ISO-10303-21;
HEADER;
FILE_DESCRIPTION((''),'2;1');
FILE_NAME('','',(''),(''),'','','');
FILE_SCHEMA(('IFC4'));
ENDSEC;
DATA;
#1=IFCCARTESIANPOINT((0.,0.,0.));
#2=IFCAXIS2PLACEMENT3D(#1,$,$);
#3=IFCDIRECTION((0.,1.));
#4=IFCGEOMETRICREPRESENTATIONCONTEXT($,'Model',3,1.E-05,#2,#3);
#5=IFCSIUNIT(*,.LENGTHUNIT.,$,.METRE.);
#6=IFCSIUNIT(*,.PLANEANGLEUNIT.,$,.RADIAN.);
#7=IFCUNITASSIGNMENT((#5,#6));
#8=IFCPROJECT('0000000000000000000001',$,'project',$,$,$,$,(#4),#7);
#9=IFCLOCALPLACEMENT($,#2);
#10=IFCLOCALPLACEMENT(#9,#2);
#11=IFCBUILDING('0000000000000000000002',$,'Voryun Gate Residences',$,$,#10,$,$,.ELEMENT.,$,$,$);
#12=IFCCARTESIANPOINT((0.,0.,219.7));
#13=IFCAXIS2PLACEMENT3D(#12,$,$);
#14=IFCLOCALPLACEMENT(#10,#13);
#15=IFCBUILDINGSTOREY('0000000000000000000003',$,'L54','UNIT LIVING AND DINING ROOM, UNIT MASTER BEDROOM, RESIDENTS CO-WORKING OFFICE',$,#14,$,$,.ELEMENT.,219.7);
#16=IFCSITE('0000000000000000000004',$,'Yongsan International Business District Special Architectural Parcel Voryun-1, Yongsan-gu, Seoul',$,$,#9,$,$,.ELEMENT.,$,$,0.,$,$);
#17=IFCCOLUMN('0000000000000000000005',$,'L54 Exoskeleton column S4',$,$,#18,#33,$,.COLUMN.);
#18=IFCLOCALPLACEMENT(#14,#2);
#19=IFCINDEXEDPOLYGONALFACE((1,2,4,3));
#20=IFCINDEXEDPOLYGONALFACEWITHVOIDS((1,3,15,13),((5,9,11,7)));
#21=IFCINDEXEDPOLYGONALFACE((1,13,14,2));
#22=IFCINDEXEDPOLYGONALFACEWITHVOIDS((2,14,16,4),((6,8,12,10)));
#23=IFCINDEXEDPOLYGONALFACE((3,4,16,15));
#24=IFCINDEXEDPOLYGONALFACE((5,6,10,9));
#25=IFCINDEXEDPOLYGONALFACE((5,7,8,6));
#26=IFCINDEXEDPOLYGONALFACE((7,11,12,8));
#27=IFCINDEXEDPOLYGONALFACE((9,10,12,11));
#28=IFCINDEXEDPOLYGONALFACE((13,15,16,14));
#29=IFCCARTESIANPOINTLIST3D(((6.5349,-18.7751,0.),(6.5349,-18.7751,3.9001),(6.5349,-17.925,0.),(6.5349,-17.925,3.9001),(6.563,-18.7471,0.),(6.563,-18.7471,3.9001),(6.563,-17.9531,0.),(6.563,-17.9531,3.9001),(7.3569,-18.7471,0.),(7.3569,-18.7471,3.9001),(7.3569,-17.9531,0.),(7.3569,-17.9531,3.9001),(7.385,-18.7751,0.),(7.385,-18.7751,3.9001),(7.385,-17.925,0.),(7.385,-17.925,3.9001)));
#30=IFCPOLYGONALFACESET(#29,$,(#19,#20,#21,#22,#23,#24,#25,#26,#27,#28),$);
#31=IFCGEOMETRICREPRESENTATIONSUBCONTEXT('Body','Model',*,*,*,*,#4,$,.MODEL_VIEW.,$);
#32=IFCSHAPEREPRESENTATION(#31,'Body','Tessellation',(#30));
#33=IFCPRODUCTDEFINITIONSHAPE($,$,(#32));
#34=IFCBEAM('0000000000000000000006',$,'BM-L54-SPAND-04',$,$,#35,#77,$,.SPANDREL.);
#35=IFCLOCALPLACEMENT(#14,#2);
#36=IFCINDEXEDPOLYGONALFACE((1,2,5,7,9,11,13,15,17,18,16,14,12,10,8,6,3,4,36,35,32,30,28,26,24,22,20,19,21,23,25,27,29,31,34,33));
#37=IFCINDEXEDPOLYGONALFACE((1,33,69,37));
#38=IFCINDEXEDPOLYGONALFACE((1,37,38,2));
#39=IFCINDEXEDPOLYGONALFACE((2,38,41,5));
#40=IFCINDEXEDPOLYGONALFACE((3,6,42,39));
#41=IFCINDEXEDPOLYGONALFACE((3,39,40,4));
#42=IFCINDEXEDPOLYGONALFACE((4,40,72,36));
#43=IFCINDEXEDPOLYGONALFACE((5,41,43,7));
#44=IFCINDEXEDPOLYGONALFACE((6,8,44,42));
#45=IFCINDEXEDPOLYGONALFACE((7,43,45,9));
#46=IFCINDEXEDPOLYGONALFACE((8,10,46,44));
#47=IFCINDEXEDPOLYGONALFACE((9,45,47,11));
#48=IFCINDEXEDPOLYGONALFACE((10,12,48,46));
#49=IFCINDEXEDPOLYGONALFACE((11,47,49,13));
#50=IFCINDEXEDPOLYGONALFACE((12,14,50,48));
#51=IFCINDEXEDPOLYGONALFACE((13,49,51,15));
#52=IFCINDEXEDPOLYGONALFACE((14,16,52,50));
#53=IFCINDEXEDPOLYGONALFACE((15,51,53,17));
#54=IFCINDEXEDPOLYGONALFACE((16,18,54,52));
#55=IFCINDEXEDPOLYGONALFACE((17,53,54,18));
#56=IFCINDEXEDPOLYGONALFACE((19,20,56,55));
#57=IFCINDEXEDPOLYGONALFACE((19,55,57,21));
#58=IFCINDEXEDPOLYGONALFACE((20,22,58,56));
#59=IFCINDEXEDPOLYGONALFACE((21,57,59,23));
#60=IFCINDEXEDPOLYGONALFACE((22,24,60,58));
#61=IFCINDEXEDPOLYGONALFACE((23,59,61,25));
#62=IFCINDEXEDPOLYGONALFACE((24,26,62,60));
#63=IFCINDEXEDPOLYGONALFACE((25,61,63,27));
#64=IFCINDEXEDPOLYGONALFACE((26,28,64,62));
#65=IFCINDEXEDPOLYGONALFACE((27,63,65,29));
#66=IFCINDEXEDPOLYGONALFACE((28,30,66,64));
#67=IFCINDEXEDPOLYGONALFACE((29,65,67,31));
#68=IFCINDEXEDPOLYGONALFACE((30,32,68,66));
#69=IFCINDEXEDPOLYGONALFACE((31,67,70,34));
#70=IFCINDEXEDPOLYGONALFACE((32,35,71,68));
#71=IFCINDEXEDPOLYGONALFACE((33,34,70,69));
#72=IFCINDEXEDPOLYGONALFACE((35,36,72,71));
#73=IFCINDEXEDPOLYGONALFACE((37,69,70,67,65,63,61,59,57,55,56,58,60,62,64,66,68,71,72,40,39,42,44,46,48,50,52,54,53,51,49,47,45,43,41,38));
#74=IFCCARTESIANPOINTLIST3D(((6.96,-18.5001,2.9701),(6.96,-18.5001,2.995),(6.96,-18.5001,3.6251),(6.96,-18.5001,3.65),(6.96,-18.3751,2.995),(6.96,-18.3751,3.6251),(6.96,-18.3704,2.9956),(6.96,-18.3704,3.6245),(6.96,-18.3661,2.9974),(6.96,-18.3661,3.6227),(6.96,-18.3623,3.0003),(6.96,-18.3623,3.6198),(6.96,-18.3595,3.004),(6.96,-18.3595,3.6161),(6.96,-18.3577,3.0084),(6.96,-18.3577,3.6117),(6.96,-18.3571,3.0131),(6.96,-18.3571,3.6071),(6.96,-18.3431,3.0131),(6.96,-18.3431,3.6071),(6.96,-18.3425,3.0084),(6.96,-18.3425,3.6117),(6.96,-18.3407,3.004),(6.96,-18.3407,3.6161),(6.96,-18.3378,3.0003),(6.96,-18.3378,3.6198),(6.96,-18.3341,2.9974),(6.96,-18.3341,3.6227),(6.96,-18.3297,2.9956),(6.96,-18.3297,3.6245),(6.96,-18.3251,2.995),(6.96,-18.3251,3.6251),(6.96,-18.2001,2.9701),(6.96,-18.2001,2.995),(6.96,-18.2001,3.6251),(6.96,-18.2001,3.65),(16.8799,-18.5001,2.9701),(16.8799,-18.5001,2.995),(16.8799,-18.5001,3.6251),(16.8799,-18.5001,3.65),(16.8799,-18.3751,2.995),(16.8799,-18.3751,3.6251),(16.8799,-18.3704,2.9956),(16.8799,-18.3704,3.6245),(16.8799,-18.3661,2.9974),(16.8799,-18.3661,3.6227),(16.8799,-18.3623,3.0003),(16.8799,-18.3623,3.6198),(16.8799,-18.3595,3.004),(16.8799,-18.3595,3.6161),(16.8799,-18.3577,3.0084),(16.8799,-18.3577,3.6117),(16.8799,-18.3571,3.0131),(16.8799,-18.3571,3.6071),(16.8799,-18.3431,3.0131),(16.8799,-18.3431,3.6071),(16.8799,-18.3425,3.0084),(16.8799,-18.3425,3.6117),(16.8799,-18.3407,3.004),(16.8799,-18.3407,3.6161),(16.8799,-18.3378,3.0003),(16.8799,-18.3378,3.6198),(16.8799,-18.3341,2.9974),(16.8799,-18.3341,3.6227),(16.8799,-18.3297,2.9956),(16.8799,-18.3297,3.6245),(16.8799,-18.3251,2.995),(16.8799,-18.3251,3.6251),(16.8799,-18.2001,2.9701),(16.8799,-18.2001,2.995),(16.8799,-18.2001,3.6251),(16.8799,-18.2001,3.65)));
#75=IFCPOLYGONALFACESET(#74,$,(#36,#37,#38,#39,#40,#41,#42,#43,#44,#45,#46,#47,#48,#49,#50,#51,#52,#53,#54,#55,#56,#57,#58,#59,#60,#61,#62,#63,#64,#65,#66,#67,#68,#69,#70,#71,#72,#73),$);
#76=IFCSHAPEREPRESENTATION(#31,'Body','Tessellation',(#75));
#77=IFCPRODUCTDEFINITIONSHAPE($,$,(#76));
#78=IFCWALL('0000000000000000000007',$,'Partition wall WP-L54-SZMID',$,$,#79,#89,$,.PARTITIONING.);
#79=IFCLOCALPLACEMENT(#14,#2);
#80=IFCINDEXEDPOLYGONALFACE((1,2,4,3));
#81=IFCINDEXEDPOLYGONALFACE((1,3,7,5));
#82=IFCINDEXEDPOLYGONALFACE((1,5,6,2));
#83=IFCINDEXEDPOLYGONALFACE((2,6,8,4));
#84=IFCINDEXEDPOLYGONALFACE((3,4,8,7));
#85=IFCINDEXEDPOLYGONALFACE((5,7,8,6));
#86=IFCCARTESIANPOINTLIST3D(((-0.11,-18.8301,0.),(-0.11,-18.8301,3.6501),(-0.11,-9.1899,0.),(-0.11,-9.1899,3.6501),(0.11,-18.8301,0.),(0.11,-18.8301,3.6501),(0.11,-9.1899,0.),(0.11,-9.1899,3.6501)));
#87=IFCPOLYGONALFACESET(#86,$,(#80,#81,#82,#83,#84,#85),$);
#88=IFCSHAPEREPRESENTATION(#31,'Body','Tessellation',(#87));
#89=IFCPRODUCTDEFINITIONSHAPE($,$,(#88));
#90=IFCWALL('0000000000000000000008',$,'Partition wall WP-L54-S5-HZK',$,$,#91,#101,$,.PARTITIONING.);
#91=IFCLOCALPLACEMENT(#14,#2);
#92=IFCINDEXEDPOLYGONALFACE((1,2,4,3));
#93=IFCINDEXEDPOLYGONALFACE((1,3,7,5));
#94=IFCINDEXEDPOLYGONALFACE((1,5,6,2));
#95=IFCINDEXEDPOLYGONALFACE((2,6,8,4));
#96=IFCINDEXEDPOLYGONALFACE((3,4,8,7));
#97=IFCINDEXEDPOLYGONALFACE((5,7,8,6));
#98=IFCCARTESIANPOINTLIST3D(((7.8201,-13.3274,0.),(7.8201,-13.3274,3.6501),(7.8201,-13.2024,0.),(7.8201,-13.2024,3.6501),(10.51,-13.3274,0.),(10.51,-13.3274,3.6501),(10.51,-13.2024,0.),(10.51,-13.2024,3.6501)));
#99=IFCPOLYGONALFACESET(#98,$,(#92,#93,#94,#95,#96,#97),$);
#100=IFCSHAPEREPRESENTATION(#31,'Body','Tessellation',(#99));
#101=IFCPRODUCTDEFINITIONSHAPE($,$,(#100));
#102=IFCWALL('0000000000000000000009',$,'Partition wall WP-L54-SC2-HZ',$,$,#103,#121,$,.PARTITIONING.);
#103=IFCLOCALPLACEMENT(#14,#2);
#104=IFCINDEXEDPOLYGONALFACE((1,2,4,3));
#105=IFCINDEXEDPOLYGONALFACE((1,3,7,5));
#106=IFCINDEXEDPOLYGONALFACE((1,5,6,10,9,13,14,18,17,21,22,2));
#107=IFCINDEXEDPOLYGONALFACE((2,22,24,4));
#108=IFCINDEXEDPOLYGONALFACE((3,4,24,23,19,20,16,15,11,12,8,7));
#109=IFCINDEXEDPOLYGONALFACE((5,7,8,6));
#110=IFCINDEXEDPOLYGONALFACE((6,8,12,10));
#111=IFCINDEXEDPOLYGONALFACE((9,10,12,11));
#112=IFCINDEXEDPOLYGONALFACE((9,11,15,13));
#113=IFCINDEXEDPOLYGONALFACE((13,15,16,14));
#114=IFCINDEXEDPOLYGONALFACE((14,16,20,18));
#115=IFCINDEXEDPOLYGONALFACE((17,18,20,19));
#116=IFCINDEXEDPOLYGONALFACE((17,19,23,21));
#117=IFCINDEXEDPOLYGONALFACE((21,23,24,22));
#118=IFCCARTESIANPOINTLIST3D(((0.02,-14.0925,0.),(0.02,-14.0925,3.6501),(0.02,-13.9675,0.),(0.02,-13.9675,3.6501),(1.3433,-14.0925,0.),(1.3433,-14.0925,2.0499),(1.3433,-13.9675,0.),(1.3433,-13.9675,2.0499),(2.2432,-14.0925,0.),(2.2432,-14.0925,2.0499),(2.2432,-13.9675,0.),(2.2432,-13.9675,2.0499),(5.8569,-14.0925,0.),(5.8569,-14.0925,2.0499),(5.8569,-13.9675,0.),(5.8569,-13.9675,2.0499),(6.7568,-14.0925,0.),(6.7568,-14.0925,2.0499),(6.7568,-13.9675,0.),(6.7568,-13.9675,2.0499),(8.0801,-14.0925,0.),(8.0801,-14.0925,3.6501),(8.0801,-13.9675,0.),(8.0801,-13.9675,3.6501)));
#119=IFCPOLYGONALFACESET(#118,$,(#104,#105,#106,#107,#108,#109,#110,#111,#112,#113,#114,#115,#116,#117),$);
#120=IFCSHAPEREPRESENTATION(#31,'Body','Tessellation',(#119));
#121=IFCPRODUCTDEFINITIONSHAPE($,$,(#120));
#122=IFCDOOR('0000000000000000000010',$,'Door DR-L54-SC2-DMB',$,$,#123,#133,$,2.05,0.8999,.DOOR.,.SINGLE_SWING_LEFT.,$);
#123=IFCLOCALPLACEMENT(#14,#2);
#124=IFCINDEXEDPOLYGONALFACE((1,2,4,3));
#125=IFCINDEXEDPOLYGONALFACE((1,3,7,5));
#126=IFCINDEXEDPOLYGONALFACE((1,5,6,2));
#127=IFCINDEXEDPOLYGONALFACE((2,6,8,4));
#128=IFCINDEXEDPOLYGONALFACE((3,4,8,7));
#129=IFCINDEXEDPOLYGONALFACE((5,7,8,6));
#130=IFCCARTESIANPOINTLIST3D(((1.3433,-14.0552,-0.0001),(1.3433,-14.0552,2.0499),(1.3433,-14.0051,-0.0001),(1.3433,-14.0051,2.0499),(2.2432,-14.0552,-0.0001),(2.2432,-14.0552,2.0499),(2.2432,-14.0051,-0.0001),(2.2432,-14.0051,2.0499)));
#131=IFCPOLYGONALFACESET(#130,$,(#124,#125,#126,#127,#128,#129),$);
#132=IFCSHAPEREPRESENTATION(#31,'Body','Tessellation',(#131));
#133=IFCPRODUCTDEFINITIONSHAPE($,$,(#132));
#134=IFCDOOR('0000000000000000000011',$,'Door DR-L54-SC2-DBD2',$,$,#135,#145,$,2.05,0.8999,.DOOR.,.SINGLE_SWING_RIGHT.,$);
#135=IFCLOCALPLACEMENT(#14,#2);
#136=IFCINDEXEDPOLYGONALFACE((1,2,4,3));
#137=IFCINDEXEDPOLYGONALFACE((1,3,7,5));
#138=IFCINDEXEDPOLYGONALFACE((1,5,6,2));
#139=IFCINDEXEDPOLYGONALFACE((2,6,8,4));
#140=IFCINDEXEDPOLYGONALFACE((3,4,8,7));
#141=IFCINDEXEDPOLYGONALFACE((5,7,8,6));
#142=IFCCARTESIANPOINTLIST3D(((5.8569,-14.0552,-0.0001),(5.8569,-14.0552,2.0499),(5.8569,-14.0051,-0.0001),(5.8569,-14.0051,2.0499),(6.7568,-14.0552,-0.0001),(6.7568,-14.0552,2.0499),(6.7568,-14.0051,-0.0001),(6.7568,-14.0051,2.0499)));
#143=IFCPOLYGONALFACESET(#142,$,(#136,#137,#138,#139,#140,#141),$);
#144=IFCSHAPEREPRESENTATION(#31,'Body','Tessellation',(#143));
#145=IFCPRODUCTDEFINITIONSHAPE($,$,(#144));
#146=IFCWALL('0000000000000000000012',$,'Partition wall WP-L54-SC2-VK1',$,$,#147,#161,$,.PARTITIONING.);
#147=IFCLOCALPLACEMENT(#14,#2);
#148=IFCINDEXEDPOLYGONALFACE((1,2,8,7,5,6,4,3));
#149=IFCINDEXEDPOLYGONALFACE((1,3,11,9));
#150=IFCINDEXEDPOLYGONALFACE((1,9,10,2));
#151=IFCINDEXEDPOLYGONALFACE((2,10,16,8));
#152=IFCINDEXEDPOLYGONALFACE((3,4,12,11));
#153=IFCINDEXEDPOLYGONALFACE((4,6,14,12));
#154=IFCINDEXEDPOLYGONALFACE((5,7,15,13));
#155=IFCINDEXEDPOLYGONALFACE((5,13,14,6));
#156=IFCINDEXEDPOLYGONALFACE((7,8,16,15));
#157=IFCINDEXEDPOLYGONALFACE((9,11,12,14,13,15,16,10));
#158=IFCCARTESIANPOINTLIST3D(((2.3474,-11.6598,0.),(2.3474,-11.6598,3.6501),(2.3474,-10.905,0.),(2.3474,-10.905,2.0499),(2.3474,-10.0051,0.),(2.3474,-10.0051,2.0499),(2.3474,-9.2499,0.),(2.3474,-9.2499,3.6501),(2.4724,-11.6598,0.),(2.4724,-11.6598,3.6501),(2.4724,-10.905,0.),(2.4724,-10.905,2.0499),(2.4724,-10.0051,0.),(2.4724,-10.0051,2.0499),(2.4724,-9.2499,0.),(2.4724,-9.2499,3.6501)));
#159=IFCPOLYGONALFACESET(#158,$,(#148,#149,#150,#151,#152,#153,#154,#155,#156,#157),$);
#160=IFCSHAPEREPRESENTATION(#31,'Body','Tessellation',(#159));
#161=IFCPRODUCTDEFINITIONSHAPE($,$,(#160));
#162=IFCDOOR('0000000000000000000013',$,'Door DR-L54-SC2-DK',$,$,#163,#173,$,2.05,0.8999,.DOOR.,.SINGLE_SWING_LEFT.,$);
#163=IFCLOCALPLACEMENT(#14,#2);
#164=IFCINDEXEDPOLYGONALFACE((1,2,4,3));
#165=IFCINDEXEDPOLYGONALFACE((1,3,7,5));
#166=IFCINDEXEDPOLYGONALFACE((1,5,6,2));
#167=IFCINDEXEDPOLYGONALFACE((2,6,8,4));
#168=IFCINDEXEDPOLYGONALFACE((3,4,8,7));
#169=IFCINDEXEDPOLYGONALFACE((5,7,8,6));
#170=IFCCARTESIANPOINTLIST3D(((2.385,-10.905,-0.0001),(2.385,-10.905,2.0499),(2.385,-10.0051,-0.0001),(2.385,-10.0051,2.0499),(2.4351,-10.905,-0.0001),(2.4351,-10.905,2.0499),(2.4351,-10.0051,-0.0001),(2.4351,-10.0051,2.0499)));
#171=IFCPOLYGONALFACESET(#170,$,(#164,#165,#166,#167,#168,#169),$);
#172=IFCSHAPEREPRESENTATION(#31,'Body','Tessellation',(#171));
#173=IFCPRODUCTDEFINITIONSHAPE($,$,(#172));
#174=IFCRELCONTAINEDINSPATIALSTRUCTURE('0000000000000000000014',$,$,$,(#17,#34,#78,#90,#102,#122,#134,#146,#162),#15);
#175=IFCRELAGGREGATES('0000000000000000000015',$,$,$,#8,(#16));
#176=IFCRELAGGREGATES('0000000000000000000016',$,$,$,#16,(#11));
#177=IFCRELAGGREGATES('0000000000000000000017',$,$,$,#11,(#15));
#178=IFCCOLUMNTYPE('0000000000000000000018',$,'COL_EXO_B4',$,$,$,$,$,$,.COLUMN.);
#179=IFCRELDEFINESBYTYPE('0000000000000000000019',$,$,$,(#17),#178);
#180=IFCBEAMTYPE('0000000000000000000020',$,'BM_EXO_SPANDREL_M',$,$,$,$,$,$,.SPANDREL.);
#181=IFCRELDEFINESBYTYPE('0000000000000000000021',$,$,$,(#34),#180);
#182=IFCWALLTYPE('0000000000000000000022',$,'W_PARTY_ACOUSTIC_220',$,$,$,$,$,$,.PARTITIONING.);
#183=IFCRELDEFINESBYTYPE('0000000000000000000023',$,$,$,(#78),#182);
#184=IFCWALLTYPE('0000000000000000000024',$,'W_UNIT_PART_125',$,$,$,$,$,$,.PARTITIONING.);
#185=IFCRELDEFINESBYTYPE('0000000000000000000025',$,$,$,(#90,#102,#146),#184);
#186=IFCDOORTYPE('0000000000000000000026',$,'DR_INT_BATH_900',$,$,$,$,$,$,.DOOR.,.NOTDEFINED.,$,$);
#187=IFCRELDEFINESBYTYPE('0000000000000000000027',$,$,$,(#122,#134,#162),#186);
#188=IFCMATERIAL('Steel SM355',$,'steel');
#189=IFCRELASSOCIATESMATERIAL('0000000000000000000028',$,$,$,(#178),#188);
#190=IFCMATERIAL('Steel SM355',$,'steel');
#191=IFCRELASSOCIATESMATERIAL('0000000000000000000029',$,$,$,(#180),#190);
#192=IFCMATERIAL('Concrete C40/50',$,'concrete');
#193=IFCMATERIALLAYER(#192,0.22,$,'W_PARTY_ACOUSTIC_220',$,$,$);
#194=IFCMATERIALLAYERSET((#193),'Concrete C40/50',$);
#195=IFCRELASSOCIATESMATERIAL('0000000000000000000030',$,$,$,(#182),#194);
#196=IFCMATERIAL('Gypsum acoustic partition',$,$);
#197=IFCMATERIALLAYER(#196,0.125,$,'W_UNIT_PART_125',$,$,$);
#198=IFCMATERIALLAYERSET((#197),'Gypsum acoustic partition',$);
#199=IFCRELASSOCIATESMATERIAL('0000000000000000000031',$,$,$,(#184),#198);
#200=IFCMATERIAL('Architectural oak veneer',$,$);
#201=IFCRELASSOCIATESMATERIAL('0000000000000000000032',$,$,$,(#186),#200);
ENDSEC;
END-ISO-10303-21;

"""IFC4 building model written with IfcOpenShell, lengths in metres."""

from ifc_helpers import new_model, si_unit, direction, frame, frame_2d, origin, origin_2d, place, context, subcontext, project, spatial, rectangle, hollow_rectangle, i_section, extrude, material, layer, layer_set, material_profile, profile_set, type_object, element, fill, save


model = new_model("IFC4")

# Units and contexts
model_context = context("Model", 3, precision=1e-05, world=origin(), true_north=direction((0.0, 1.0)))
body_context = subcontext(model_context, "Body", "Model", "MODEL_VIEW")
ifc_project = project(units=[si_unit("LENGTHUNIT", "METRE"), si_unit("PLANEANGLEUNIT", "RADIAN")], contexts=[model_context])

# Site, building, storey
site_placement = place(None, origin())
site = spatial("IfcSite", under=ifc_project, at=site_placement, Name="Yongsan International Business District Special Architectural Parcel Voryun-1, Yongsan-gu, Seoul", CompositionType="ELEMENT", RefElevation=0.0)
building_placement = place(site_placement, origin())
building = spatial("IfcBuilding", under=site, at=building_placement, Name="Voryun Gate Residences", CompositionType="ELEMENT")
storey_placement = place(building_placement, frame((0.0, 0.0, 219.7)))
storey = spatial("IfcBuildingStorey", under=building, at=storey_placement, Name="L54", Description="UNIT LIVING AND DINING ROOM, UNIT MASTER BEDROOM, RESIDENTS CO-WORKING OFFICE", CompositionType="ELEMENT", Elevation=219.7)

# Column
ifc_material_1 = material(Name="Steel SM355", Category="steel")
ifc_material_profile_1 = material_profile(ifc_material_1, hollow_rectangle(XDim=0.8501, YDim=0.8501, WallThickness=0.0281, at=origin_2d()), Name="BOX-850x850x28")
ifc_profile_set_1 = profile_set([ifc_material_profile_1], Name="Steel SM355")
column_type = type_object("IfcColumnType", Name="COL_EXO_B4", PredefinedType="COLUMN", material=ifc_profile_set_1)
column_placement = place(storey_placement, frame((6.96, -18.3501, 0.0), z_axis=(0.0, 0.0, 1.0), x_axis=(1.0, 0.0, 0.0)))
element("IfcColumn", 1, at=column_placement, inside=storey, type_object=column_type, Name="L54 Exoskeleton column S4", PredefinedType="COLUMN", context=body_context, shape_type="SweptSolid", body=[
    extrude(hollow_rectangle(XDim=0.8501, YDim=0.8501, WallThickness=0.0281, at=origin_2d()), origin(), (0.0, 0.0, 1.0), 3.9001),
])

# Beam
ifc_material_2 = material(Name="Steel SM355", Category="steel")
ifc_material_profile_2 = material_profile(ifc_material_2, i_section(OverallWidth=0.3, OverallDepth=0.6799, WebThickness=0.0139, FlangeThickness=0.0249, FilletRadius=0.0181, at=origin_2d()), Name="H-680x300x14x25")
ifc_profile_set_2 = profile_set([ifc_material_profile_2], Name="Steel SM355")
beam_type = type_object("IfcBeamType", Name="BM_EXO_SPANDREL_M", PredefinedType="SPANDREL", material=ifc_profile_set_2)
beam_placement = place(storey_placement, frame((6.96, -18.3501, 3.3101), z_axis=(1.0, 0.0, 0.0), x_axis=(0.0, 1.0, 0.0)))
element("IfcBeam", 2, at=beam_placement, inside=storey, type_object=beam_type, Name="BM-L54-SPAND-04", PredefinedType="SPANDREL", context=body_context, shape_type="SweptSolid", body=[
    extrude(i_section(OverallWidth=0.3, OverallDepth=0.6799, WebThickness=0.0139, FlangeThickness=0.0249, FilletRadius=0.0181, at=origin_2d()), origin(), (0.0, 0.0, 1.0), 9.9199),
])

# Walls
ifc_material_3 = material(Name="Concrete C40/50", Category="concrete")
ifc_layer_1 = layer(ifc_material_3, 0.22, Name="W_PARTY_ACOUSTIC_220")
ifc_layer_set_1 = layer_set([ifc_layer_1], Name="Concrete C40/50")
wall_type_1 = type_object("IfcWallType", Name="W_PARTY_ACOUSTIC_220", PredefinedType="PARTITIONING", material=ifc_layer_set_1)
wall_1_placement = place(storey_placement, frame((0.0, -18.8301, 0.0), z_axis=(0.0, 0.0, 1.0), x_axis=(0.0, 1.0, 0.0)))
element("IfcWall", 3, at=wall_1_placement, inside=storey, type_object=wall_type_1, Name="Partition wall WP-L54-SZMID", PredefinedType="PARTITIONING", context=body_context, shape_type="SweptSolid", body=[
    extrude(rectangle(XDim=9.6401, YDim=0.22, at=frame_2d((4.8201, 0.0))), origin(), (0.0, 0.0, 1.0), 3.6501),
])
ifc_material_4 = material(Name="Gypsum acoustic partition")
ifc_layer_2 = layer(ifc_material_4, 0.125, Name="W_UNIT_PART_125")
ifc_layer_set_2 = layer_set([ifc_layer_2], Name="Gypsum acoustic partition")
wall_type_2 = type_object("IfcWallType", Name="W_UNIT_PART_125", PredefinedType="PARTITIONING", material=ifc_layer_set_2)
wall_2_placement = place(storey_placement, frame((7.8201, -13.2649, 0.0), z_axis=(0.0, 0.0, 1.0), x_axis=(1.0, 0.0, 0.0)))
element("IfcWall", 4, at=wall_2_placement, inside=storey, type_object=wall_type_2, Name="Partition wall WP-L54-S5-HZK", PredefinedType="PARTITIONING", context=body_context, shape_type="SweptSolid", body=[
    extrude(rectangle(XDim=2.6899, YDim=0.125, at=frame_2d((1.345, 0.0))), origin(), (0.0, 0.0, 1.0), 3.6501),
])

# Wall, openings, doors
wall_3_placement = place(storey_placement, frame((0.02, -14.03, 0.0), z_axis=(0.0, 0.0, 1.0), x_axis=(1.0, 0.0, 0.0)))
wall_3 = element("IfcWall", 5, at=wall_3_placement, inside=storey, type_object=wall_type_2, Name="Partition wall WP-L54-SC2-HZ", PredefinedType="PARTITIONING", context=body_context, shape_type="SweptSolid", body=[
    extrude(rectangle(XDim=8.0601, YDim=0.125, at=frame_2d((4.03, 0.0))), origin(), (0.0, 0.0, 1.0), 3.6501),
])
opening_1_placement = place(wall_3_placement, frame((1.3232, 0.0, 0.0)))
opening_1 = element("IfcOpeningElement", 6, at=opening_1_placement, cuts=wall_3, PredefinedType="OPENING", context=body_context, shape_type="SweptSolid", body=[
    extrude(rectangle(XDim=0.8999, YDim=2.05, at=frame_2d((0.45, 1.0249))), frame((0.0, 0.0725, 0.0), z_axis=(0.0, -1.0, 0.0), x_axis=(1.0, 0.0, 0.0)), (0.0, 0.0, 1.0), 0.145),
])
opening_2_placement = place(wall_3_placement, frame((5.8369, 0.0, 0.0)))
opening_2 = element("IfcOpeningElement", 7, at=opening_2_placement, cuts=wall_3, PredefinedType="OPENING", context=body_context, shape_type="SweptSolid", body=[
    extrude(rectangle(XDim=0.8999, YDim=2.05, at=frame_2d((0.45, 1.0249))), frame((0.0, 0.0725, 0.0), z_axis=(0.0, -1.0, 0.0), x_axis=(1.0, 0.0, 0.0)), (0.0, 0.0, 1.0), 0.145),
])
ifc_material_5 = material(Name="Architectural oak veneer")
door_type = type_object("IfcDoorType", Name="DR_INT_BATH_900", OperationType="NOTDEFINED", PredefinedType="DOOR", material=ifc_material_5)
door_1_placement = place(opening_1_placement, origin())
door_1 = element("IfcDoor", 8, at=door_1_placement, inside=storey, type_object=door_type, Name="Door DR-L54-SC2-DMB", OperationType="SINGLE_SWING_LEFT", OverallHeight=2.05, OverallWidth=0.8999, PredefinedType="DOOR", context=body_context, shape_type="SweptSolid", body=[
    extrude(rectangle(XDim=0.8999, YDim=2.05, at=frame_2d((0.45, 1.0249))), frame((0.0, 0.0249, 0.0), z_axis=(0.0, -1.0, 0.0), x_axis=(1.0, 0.0, 0.0)), (0.0, 0.0, 1.0), 0.05),
])
fill(opening_1, door_1)
door_2_placement = place(opening_2_placement, origin())
door_2 = element("IfcDoor", 9, at=door_2_placement, inside=storey, type_object=door_type, Name="Door DR-L54-SC2-DBD2", OperationType="SINGLE_SWING_RIGHT", OverallHeight=2.05, OverallWidth=0.8999, PredefinedType="DOOR", context=body_context, shape_type="SweptSolid", body=[
    extrude(rectangle(XDim=0.8999, YDim=2.05, at=frame_2d((0.45, 1.0249))), frame((0.0, 0.0249, 0.0), z_axis=(0.0, -1.0, 0.0), x_axis=(1.0, 0.0, 0.0)), (0.0, 0.0, 1.0), 0.05),
])
fill(opening_2, door_2)

# Wall, opening, door
wall_4_placement = place(storey_placement, frame((2.4099, -11.6599, 0.0), z_axis=(0.0, 0.0, 1.0), x_axis=(0.0, 1.0, 0.0)))
wall_4 = element("IfcWall", 10, at=wall_4_placement, inside=storey, type_object=wall_type_2, Name="Partition wall WP-L54-SC2-VK1", PredefinedType="PARTITIONING", context=body_context, shape_type="SweptSolid", body=[
    extrude(rectangle(XDim=2.4099, YDim=0.125, at=frame_2d((1.2051, 0.0))), origin(), (0.0, 0.0, 1.0), 3.6501),
])
opening_3_placement = place(wall_4_placement, frame((0.7549, 0.0, 0.0)))
opening_3 = element("IfcOpeningElement", 11, at=opening_3_placement, cuts=wall_4, PredefinedType="OPENING", context=body_context, shape_type="SweptSolid", body=[
    extrude(rectangle(XDim=0.8999, YDim=2.05, at=frame_2d((0.45, 1.0249))), frame((0.0, 0.0725, 0.0), z_axis=(0.0, -1.0, 0.0), x_axis=(1.0, 0.0, 0.0)), (0.0, 0.0, 1.0), 0.145),
])
door_3_placement = place(opening_3_placement, origin())
door_3 = element("IfcDoor", 12, at=door_3_placement, inside=storey, type_object=door_type, Name="Door DR-L54-SC2-DK", OperationType="SINGLE_SWING_LEFT", OverallHeight=2.05, OverallWidth=0.8999, PredefinedType="DOOR", context=body_context, shape_type="SweptSolid", body=[
    extrude(rectangle(XDim=0.8999, YDim=2.05, at=frame_2d((0.45, 1.0249))), frame((0.0, 0.0249, 0.0), z_axis=(0.0, -1.0, 0.0), x_axis=(1.0, 0.0, 0.0)), (0.0, 0.0, 1.0), 0.05),
])
fill(opening_3, door_3)

save(model, "model.ifc")
